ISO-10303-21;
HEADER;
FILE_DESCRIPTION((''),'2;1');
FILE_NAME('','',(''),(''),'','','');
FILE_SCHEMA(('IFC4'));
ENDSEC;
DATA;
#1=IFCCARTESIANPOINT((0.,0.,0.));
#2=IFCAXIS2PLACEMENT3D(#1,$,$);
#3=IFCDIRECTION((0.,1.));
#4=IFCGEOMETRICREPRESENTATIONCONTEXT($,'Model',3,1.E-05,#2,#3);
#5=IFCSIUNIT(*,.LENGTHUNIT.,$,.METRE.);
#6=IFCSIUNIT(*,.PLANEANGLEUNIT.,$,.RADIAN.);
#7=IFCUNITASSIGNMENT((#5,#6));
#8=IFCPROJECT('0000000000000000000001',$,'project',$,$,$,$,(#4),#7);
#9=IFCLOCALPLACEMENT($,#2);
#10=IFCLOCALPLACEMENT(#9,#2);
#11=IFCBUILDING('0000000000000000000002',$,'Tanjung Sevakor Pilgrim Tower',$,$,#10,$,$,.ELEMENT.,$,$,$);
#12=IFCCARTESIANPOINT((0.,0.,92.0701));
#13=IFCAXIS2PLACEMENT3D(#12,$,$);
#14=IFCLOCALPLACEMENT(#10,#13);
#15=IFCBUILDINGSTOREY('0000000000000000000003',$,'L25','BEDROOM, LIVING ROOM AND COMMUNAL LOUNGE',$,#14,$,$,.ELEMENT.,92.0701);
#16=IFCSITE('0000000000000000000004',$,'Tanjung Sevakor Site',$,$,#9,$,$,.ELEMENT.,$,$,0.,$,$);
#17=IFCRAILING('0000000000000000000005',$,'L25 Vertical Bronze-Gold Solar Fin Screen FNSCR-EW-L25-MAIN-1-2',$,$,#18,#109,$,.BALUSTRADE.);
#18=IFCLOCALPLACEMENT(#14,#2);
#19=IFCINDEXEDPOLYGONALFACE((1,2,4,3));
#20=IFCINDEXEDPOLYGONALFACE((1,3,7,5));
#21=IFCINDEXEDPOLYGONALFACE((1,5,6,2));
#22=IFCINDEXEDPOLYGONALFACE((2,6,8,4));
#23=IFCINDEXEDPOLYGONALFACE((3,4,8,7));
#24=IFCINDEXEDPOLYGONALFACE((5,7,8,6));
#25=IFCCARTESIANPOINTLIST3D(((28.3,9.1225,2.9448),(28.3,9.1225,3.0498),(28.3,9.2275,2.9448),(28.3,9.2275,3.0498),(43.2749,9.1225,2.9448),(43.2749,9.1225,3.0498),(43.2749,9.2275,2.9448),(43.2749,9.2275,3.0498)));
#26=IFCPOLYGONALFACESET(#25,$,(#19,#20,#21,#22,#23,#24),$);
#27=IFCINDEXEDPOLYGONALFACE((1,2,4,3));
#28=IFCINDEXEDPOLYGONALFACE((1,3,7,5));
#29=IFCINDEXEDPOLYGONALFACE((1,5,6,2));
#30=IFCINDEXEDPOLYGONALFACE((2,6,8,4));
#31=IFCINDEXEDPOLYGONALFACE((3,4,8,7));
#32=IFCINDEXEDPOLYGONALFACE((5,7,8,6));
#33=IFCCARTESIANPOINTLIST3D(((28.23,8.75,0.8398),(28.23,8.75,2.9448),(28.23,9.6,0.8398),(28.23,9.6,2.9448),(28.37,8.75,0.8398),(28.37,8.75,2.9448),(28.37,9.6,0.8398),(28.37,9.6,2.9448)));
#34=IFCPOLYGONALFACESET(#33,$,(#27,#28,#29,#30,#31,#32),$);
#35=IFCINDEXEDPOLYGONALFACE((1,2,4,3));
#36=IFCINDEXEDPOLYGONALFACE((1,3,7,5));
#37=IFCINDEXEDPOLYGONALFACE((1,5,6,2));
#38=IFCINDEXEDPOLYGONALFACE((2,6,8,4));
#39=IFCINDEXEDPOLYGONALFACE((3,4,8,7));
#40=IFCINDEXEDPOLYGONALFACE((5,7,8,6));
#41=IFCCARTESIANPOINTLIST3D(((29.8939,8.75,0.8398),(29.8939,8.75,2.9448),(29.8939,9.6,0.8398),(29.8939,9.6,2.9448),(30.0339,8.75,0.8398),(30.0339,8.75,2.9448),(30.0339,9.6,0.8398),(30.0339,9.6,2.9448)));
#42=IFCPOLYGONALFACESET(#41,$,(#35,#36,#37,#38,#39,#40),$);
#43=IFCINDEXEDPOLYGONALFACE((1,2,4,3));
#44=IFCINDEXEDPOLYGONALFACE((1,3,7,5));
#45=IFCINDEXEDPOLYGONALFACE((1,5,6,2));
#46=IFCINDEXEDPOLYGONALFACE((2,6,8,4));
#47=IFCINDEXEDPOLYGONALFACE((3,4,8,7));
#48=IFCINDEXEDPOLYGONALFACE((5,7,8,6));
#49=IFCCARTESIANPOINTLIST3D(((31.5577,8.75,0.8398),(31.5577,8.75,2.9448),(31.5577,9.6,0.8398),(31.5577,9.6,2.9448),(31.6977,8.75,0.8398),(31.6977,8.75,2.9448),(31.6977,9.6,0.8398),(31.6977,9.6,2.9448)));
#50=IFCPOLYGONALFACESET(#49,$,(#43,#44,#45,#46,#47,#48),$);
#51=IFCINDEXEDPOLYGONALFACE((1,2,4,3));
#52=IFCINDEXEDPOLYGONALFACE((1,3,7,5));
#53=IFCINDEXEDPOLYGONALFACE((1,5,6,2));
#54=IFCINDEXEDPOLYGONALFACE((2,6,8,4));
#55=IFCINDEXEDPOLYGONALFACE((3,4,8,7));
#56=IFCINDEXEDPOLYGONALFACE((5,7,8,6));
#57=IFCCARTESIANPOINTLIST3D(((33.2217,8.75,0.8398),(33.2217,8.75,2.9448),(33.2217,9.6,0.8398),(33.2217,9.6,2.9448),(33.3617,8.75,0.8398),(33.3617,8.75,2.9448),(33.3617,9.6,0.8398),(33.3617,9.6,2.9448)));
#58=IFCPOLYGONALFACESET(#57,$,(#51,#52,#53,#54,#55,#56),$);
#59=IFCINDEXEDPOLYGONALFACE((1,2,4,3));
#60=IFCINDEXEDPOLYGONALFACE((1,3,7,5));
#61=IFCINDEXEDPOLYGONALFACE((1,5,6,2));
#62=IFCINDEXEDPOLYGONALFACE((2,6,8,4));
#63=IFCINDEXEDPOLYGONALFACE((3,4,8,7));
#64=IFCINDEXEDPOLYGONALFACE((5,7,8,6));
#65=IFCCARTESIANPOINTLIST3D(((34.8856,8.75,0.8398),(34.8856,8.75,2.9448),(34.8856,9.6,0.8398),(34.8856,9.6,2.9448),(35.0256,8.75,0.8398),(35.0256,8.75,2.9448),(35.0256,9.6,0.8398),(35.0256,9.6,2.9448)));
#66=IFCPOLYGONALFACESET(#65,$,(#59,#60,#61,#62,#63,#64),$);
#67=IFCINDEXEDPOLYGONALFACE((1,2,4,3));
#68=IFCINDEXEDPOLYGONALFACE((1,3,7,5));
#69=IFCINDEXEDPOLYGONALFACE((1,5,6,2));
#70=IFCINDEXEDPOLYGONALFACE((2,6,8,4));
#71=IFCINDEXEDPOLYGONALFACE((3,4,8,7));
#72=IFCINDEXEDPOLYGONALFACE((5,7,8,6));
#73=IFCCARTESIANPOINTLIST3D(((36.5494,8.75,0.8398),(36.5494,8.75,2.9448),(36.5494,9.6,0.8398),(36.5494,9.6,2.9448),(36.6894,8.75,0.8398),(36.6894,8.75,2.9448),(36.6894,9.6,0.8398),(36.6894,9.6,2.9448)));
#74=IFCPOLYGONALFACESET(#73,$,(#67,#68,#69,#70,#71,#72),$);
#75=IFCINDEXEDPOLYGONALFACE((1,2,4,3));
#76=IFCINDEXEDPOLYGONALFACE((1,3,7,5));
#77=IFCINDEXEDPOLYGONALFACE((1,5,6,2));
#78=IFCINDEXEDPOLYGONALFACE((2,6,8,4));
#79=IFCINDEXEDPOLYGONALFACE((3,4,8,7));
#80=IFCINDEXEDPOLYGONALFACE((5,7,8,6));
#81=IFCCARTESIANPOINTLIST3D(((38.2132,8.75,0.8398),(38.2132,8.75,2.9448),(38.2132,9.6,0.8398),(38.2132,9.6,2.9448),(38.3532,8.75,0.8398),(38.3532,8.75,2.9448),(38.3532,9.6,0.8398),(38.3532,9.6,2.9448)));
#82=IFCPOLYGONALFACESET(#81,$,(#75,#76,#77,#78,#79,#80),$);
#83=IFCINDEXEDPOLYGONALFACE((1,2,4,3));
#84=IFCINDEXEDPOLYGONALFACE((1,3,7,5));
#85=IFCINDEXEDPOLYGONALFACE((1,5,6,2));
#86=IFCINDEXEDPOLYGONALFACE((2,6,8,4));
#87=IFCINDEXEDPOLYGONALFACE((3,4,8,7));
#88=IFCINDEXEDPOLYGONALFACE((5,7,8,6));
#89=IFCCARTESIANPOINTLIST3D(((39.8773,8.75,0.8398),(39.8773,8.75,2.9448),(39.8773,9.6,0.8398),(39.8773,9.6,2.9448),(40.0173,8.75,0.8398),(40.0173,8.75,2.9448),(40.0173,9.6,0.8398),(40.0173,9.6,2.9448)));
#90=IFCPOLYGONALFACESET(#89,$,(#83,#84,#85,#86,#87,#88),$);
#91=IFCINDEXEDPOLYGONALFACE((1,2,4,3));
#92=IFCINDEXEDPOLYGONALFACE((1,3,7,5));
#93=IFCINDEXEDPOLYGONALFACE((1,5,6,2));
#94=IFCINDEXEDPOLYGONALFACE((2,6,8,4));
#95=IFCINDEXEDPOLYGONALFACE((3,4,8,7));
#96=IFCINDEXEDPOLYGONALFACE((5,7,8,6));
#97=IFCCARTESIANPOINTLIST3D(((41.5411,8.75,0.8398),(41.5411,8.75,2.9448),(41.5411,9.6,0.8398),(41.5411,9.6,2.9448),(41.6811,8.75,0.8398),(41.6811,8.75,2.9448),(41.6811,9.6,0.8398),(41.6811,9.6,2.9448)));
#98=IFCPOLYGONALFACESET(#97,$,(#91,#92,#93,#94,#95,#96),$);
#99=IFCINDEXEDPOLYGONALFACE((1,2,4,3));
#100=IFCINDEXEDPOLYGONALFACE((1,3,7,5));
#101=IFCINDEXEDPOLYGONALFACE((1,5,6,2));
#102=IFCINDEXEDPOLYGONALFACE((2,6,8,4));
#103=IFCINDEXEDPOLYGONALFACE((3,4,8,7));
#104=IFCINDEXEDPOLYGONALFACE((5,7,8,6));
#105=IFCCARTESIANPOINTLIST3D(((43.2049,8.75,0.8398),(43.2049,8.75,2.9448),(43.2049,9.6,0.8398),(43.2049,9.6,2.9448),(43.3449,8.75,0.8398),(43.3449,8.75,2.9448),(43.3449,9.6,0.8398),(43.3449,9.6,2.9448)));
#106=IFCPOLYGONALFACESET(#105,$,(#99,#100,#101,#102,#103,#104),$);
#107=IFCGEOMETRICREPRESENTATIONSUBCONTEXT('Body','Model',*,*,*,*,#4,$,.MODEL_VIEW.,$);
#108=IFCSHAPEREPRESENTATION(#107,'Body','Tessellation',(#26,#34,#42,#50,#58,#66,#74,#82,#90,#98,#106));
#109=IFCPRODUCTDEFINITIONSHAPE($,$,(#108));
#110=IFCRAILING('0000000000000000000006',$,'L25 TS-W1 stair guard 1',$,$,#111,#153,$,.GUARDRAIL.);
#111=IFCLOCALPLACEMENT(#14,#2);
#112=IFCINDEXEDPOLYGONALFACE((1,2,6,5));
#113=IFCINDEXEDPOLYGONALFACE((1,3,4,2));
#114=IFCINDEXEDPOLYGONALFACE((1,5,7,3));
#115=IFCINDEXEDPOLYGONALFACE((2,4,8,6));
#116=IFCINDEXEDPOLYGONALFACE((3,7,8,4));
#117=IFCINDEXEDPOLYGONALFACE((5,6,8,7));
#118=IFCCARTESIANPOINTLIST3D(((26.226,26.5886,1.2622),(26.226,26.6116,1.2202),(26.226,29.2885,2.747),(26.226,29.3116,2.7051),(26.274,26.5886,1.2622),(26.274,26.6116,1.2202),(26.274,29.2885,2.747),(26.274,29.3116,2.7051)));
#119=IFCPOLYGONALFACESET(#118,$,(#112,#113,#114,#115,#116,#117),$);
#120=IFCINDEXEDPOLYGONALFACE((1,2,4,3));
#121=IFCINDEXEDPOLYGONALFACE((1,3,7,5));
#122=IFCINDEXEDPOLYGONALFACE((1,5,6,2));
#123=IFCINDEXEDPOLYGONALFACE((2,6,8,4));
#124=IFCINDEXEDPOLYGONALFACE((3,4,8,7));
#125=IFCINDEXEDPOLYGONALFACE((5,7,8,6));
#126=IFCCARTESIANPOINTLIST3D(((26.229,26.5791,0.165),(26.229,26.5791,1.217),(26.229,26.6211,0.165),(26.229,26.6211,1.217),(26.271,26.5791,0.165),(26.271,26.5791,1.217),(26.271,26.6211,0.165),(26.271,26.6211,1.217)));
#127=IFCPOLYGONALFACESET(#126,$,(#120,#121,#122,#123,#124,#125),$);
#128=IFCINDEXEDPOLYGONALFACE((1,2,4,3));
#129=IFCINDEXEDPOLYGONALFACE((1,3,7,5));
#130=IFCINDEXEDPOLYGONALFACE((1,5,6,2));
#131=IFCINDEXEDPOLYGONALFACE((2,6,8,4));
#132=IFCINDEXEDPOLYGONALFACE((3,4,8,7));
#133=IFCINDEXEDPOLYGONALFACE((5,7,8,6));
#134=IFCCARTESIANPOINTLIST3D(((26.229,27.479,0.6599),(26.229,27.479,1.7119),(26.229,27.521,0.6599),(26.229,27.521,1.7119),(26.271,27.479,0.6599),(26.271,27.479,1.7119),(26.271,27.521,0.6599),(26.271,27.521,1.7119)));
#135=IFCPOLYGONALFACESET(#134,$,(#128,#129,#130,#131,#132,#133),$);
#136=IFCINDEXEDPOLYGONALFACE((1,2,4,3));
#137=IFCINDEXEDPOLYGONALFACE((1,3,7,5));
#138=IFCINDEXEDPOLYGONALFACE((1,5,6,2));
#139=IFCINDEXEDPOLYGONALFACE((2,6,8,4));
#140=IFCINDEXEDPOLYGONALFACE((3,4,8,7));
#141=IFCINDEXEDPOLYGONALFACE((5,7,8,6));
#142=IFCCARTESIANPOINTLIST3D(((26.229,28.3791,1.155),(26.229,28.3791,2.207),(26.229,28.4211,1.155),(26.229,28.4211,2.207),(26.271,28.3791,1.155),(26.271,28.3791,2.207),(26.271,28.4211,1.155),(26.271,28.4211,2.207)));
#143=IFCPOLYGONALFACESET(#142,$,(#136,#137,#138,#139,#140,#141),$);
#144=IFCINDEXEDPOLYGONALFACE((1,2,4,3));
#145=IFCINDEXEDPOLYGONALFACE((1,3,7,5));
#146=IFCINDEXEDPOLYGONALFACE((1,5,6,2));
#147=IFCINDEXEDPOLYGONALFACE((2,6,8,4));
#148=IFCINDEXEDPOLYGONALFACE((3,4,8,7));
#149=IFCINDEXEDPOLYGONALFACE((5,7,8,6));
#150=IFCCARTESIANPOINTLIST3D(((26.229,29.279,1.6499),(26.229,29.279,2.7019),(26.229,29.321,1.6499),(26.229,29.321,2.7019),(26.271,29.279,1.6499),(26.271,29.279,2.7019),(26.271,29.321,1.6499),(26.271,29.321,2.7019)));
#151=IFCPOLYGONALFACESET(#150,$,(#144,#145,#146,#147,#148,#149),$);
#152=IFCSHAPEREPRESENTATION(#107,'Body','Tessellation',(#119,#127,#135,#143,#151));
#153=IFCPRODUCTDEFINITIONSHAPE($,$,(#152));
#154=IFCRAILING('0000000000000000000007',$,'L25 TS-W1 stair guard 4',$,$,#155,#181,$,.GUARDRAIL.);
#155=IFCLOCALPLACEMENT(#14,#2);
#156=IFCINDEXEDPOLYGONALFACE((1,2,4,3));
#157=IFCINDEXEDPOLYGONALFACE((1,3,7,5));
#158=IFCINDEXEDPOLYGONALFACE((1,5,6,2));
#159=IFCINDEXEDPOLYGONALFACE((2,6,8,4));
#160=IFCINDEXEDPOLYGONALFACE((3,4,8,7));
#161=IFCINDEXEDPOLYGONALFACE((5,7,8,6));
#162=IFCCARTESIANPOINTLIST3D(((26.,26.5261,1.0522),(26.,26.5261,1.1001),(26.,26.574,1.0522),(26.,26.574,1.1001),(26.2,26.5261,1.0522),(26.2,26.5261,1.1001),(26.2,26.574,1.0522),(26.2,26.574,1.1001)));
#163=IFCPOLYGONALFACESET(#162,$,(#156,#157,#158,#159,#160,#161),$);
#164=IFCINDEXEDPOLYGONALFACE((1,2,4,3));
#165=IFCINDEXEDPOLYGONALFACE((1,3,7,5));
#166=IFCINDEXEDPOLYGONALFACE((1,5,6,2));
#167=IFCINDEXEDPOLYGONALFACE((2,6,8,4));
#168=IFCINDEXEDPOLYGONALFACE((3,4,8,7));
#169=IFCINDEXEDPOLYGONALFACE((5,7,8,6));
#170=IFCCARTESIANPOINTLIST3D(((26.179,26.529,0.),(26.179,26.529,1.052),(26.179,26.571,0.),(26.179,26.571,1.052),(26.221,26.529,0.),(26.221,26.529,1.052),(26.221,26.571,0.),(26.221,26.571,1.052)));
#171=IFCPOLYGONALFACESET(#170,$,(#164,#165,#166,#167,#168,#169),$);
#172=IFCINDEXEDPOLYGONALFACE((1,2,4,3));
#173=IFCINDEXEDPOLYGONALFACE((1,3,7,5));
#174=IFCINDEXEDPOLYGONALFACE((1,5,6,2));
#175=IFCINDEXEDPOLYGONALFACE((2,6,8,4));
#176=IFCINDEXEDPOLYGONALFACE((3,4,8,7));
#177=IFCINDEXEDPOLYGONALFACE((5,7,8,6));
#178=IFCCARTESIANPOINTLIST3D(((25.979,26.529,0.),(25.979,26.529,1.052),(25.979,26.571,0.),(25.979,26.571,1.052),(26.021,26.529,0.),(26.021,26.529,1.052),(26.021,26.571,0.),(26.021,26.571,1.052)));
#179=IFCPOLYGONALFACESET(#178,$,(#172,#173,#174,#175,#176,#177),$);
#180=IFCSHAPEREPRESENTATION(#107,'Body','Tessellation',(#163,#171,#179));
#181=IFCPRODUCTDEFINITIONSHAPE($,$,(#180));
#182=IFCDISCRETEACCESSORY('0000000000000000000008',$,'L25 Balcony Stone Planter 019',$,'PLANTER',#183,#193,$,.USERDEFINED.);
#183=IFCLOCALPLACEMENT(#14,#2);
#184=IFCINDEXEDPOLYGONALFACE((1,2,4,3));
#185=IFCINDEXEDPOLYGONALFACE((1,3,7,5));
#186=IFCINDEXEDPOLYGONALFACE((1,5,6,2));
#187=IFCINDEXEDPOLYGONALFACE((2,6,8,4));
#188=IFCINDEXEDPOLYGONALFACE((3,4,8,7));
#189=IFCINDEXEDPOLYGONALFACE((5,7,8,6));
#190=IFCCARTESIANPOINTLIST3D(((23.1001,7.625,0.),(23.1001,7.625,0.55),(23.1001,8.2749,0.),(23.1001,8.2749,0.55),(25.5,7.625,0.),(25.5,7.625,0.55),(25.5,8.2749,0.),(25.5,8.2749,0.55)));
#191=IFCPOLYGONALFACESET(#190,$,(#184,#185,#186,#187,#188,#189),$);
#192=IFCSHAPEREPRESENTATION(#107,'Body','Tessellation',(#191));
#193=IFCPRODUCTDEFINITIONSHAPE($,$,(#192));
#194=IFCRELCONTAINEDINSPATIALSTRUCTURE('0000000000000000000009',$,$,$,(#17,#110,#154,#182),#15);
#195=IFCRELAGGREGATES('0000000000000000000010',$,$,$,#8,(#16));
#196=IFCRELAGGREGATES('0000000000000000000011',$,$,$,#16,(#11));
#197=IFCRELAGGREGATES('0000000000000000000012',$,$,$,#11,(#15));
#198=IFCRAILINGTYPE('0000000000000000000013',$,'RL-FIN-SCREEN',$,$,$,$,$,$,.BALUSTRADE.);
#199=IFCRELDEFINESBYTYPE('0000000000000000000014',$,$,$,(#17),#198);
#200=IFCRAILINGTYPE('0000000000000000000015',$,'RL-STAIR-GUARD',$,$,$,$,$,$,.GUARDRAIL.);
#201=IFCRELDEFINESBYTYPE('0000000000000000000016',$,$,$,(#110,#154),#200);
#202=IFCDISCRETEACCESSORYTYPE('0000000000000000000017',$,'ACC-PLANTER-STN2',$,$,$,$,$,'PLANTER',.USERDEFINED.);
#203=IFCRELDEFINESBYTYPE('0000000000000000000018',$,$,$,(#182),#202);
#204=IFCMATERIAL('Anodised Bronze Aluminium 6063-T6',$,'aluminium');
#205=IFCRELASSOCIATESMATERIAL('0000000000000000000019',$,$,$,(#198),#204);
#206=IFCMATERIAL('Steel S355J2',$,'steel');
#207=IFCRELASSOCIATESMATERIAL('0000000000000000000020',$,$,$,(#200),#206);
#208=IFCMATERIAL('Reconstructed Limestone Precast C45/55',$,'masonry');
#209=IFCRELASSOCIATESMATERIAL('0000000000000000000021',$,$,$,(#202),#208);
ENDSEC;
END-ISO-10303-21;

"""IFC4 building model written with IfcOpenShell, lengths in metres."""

from ifc_helpers import new_model, si_unit, direction, frame, origin, origin_2d, place, context, subcontext, project, spatial, rectangle, extrude, material, type_object, element, save


model = new_model("IFC4")

# Units and contexts
model_context = context("Model", 3, precision=1e-05, world=origin(), true_north=direction((0.0, 1.0)))
body_context = subcontext(model_context, "Body", "Model", "MODEL_VIEW")
ifc_project = project(units=[si_unit("LENGTHUNIT", "METRE"), si_unit("PLANEANGLEUNIT", "RADIAN")], contexts=[model_context])

# Site, building, storey
site_placement = place(None, origin())
site = spatial("IfcSite", under=ifc_project, at=site_placement, Name="Tanjung Sevakor Site", CompositionType="ELEMENT", RefElevation=0.0)
building_placement = place(site_placement, origin())
building = spatial("IfcBuilding", under=site, at=building_placement, Name="Tanjung Sevakor Pilgrim Tower", CompositionType="ELEMENT")
storey_placement = place(building_placement, frame((0.0, 0.0, 92.0701)))
storey = spatial("IfcBuildingStorey", under=building, at=storey_placement, Name="L25", Description="BEDROOM, LIVING ROOM AND COMMUNAL LOUNGE", CompositionType="ELEMENT", Elevation=92.0701)

# Railings
ifc_material_1 = material(Name="Anodised Bronze Aluminium 6063-T6", Category="aluminium")
railing_type_1 = type_object("IfcRailingType", Name="RL-FIN-SCREEN", PredefinedType="BALUSTRADE", material=ifc_material_1)
railing_1_placement = place(storey_placement, frame((28.3, 9.175, 0.8398)))
element("IfcRailing", 1, at=railing_1_placement, inside=storey, type_object=railing_type_1, Name="L25 Vertical Bronze-Gold Solar Fin Screen FNSCR-EW-L25-MAIN-1-2", PredefinedType="BALUSTRADE", context=body_context, shape_type="SweptSolid", body=[
    extrude(rectangle(XDim=0.105, YDim=0.105), frame((0.0, 0.0, 2.1575), z_axis=(1.0, 0.0, 0.0), x_axis=(0.0, 1.0, 0.0)), (0.0, 0.0, 1.0), 14.9749),
    extrude(rectangle(XDim=0.14, YDim=0.85), origin(), (0.0, 0.0, 1.0), 2.105),
    extrude(rectangle(XDim=0.14, YDim=0.85), frame((1.6638, 0.0, 0.0)), (0.0, 0.0, 1.0), 2.105),
    extrude(rectangle(XDim=0.14, YDim=0.85), frame((3.3276, 0.0, 0.0)), (0.0, 0.0, 1.0), 2.105),
    extrude(rectangle(XDim=0.14, YDim=0.85), frame((4.9917, 0.0, 0.0)), (0.0, 0.0, 1.0), 2.105),
    extrude(rectangle(XDim=0.14, YDim=0.85), frame((6.6555, 0.0, 0.0)), (0.0, 0.0, 1.0), 2.105),
    extrude(rectangle(XDim=0.14, YDim=0.85), frame((8.3193, 0.0, 0.0)), (0.0, 0.0, 1.0), 2.105),
    extrude(rectangle(XDim=0.14, YDim=0.85), frame((9.9832, 0.0, 0.0)), (0.0, 0.0, 1.0), 2.105),
    extrude(rectangle(XDim=0.14, YDim=0.85), frame((11.6472, 0.0, 0.0)), (0.0, 0.0, 1.0), 2.105),
    extrude(rectangle(XDim=0.14, YDim=0.85), frame((13.311, 0.0, 0.0)), (0.0, 0.0, 1.0), 2.105),
    extrude(rectangle(XDim=0.14, YDim=0.85), frame((14.9749, 0.0, 0.0)), (0.0, 0.0, 1.0), 2.105),
])
ifc_material_2 = material(Name="Steel S355J2", Category="steel")
railing_type_2 = type_object("IfcRailingType", Name="RL-STAIR-GUARD", PredefinedType="GUARDRAIL", material=ifc_material_2)
railing_2_placement = place(storey_placement, frame((26.25, 26.6001, 0.165)))
element("IfcRailing", 2, at=railing_2_placement, inside=storey, type_object=railing_type_2, Name="L25 TS-W1 stair guard 1", PredefinedType="GUARDRAIL", context=body_context, shape_type="SweptSolid", body=[
    extrude(rectangle(XDim=0.0479, YDim=0.0479), frame((0.0, 0.0, 1.0762), z_axis=(0.0, 0.876231, 0.481891), x_axis=(-1.0, 0.0, 0.0)), (0.0, 0.0, 1.0), 3.0813),
    extrude(rectangle(XDim=0.042, YDim=0.042), origin(), (0.0, 0.0, 1.0), 1.052),
    extrude(rectangle(XDim=0.042, YDim=0.042), frame((0.0, 0.8999, 0.4949)), (0.0, 0.0, 1.0), 1.052),
    extrude(rectangle(XDim=0.042, YDim=0.042), frame((0.0, 1.8, 0.99)), (0.0, 0.0, 1.0), 1.052),
    extrude(rectangle(XDim=0.042, YDim=0.042), frame((0.0, 2.7, 1.4849)), (0.0, 0.0, 1.0), 1.052),
])
railing_3_placement = place(storey_placement, frame((26.2, 26.55, 0.0)))
element("IfcRailing", 3, at=railing_3_placement, inside=storey, type_object=railing_type_2, Name="L25 TS-W1 stair guard 4", PredefinedType="GUARDRAIL", context=body_context, shape_type="SweptSolid", body=[
    extrude(rectangle(XDim=0.0479, YDim=0.0479), frame((0.0, 0.0, 1.0762), z_axis=(-1.0, 0.0, 0.0), x_axis=(0.0, -1.0, 0.0)), (0.0, 0.0, 1.0), 0.2),
    extrude(rectangle(XDim=0.042, YDim=0.042), origin(), (0.0, 0.0, 1.0), 1.052),
    extrude(rectangle(XDim=0.042, YDim=0.042), frame((-0.2, 0.0, 0.0)), (0.0, 0.0, 1.0), 1.052),
])

# Discrete accessory
ifc_material_3 = material(Name="Reconstructed Limestone Precast C45/55", Category="masonry")
discrete_accessory_type = type_object("IfcDiscreteAccessoryType", Name="ACC-PLANTER-STN2", ElementType="PLANTER", PredefinedType="USERDEFINED", material=ifc_material_3)
discrete_accessory_placement = place(storey_placement, frame((24.3, 7.95, 0.0), z_axis=(0.0, 0.0, 1.0), x_axis=(1.0, 0.0, 0.0)))
element("IfcDiscreteAccessory", 4, at=discrete_accessory_placement, inside=storey, type_object=discrete_accessory_type, Name="L25 Balcony Stone Planter 019", ObjectType="PLANTER", PredefinedType="USERDEFINED", context=body_context, shape_type="SweptSolid", body=[
    extrude(rectangle(XDim=2.3999, YDim=0.6499, at=origin_2d()), origin(), (0.0, 0.0, 1.0), 0.55),
])

save(model, "model.ifc")
